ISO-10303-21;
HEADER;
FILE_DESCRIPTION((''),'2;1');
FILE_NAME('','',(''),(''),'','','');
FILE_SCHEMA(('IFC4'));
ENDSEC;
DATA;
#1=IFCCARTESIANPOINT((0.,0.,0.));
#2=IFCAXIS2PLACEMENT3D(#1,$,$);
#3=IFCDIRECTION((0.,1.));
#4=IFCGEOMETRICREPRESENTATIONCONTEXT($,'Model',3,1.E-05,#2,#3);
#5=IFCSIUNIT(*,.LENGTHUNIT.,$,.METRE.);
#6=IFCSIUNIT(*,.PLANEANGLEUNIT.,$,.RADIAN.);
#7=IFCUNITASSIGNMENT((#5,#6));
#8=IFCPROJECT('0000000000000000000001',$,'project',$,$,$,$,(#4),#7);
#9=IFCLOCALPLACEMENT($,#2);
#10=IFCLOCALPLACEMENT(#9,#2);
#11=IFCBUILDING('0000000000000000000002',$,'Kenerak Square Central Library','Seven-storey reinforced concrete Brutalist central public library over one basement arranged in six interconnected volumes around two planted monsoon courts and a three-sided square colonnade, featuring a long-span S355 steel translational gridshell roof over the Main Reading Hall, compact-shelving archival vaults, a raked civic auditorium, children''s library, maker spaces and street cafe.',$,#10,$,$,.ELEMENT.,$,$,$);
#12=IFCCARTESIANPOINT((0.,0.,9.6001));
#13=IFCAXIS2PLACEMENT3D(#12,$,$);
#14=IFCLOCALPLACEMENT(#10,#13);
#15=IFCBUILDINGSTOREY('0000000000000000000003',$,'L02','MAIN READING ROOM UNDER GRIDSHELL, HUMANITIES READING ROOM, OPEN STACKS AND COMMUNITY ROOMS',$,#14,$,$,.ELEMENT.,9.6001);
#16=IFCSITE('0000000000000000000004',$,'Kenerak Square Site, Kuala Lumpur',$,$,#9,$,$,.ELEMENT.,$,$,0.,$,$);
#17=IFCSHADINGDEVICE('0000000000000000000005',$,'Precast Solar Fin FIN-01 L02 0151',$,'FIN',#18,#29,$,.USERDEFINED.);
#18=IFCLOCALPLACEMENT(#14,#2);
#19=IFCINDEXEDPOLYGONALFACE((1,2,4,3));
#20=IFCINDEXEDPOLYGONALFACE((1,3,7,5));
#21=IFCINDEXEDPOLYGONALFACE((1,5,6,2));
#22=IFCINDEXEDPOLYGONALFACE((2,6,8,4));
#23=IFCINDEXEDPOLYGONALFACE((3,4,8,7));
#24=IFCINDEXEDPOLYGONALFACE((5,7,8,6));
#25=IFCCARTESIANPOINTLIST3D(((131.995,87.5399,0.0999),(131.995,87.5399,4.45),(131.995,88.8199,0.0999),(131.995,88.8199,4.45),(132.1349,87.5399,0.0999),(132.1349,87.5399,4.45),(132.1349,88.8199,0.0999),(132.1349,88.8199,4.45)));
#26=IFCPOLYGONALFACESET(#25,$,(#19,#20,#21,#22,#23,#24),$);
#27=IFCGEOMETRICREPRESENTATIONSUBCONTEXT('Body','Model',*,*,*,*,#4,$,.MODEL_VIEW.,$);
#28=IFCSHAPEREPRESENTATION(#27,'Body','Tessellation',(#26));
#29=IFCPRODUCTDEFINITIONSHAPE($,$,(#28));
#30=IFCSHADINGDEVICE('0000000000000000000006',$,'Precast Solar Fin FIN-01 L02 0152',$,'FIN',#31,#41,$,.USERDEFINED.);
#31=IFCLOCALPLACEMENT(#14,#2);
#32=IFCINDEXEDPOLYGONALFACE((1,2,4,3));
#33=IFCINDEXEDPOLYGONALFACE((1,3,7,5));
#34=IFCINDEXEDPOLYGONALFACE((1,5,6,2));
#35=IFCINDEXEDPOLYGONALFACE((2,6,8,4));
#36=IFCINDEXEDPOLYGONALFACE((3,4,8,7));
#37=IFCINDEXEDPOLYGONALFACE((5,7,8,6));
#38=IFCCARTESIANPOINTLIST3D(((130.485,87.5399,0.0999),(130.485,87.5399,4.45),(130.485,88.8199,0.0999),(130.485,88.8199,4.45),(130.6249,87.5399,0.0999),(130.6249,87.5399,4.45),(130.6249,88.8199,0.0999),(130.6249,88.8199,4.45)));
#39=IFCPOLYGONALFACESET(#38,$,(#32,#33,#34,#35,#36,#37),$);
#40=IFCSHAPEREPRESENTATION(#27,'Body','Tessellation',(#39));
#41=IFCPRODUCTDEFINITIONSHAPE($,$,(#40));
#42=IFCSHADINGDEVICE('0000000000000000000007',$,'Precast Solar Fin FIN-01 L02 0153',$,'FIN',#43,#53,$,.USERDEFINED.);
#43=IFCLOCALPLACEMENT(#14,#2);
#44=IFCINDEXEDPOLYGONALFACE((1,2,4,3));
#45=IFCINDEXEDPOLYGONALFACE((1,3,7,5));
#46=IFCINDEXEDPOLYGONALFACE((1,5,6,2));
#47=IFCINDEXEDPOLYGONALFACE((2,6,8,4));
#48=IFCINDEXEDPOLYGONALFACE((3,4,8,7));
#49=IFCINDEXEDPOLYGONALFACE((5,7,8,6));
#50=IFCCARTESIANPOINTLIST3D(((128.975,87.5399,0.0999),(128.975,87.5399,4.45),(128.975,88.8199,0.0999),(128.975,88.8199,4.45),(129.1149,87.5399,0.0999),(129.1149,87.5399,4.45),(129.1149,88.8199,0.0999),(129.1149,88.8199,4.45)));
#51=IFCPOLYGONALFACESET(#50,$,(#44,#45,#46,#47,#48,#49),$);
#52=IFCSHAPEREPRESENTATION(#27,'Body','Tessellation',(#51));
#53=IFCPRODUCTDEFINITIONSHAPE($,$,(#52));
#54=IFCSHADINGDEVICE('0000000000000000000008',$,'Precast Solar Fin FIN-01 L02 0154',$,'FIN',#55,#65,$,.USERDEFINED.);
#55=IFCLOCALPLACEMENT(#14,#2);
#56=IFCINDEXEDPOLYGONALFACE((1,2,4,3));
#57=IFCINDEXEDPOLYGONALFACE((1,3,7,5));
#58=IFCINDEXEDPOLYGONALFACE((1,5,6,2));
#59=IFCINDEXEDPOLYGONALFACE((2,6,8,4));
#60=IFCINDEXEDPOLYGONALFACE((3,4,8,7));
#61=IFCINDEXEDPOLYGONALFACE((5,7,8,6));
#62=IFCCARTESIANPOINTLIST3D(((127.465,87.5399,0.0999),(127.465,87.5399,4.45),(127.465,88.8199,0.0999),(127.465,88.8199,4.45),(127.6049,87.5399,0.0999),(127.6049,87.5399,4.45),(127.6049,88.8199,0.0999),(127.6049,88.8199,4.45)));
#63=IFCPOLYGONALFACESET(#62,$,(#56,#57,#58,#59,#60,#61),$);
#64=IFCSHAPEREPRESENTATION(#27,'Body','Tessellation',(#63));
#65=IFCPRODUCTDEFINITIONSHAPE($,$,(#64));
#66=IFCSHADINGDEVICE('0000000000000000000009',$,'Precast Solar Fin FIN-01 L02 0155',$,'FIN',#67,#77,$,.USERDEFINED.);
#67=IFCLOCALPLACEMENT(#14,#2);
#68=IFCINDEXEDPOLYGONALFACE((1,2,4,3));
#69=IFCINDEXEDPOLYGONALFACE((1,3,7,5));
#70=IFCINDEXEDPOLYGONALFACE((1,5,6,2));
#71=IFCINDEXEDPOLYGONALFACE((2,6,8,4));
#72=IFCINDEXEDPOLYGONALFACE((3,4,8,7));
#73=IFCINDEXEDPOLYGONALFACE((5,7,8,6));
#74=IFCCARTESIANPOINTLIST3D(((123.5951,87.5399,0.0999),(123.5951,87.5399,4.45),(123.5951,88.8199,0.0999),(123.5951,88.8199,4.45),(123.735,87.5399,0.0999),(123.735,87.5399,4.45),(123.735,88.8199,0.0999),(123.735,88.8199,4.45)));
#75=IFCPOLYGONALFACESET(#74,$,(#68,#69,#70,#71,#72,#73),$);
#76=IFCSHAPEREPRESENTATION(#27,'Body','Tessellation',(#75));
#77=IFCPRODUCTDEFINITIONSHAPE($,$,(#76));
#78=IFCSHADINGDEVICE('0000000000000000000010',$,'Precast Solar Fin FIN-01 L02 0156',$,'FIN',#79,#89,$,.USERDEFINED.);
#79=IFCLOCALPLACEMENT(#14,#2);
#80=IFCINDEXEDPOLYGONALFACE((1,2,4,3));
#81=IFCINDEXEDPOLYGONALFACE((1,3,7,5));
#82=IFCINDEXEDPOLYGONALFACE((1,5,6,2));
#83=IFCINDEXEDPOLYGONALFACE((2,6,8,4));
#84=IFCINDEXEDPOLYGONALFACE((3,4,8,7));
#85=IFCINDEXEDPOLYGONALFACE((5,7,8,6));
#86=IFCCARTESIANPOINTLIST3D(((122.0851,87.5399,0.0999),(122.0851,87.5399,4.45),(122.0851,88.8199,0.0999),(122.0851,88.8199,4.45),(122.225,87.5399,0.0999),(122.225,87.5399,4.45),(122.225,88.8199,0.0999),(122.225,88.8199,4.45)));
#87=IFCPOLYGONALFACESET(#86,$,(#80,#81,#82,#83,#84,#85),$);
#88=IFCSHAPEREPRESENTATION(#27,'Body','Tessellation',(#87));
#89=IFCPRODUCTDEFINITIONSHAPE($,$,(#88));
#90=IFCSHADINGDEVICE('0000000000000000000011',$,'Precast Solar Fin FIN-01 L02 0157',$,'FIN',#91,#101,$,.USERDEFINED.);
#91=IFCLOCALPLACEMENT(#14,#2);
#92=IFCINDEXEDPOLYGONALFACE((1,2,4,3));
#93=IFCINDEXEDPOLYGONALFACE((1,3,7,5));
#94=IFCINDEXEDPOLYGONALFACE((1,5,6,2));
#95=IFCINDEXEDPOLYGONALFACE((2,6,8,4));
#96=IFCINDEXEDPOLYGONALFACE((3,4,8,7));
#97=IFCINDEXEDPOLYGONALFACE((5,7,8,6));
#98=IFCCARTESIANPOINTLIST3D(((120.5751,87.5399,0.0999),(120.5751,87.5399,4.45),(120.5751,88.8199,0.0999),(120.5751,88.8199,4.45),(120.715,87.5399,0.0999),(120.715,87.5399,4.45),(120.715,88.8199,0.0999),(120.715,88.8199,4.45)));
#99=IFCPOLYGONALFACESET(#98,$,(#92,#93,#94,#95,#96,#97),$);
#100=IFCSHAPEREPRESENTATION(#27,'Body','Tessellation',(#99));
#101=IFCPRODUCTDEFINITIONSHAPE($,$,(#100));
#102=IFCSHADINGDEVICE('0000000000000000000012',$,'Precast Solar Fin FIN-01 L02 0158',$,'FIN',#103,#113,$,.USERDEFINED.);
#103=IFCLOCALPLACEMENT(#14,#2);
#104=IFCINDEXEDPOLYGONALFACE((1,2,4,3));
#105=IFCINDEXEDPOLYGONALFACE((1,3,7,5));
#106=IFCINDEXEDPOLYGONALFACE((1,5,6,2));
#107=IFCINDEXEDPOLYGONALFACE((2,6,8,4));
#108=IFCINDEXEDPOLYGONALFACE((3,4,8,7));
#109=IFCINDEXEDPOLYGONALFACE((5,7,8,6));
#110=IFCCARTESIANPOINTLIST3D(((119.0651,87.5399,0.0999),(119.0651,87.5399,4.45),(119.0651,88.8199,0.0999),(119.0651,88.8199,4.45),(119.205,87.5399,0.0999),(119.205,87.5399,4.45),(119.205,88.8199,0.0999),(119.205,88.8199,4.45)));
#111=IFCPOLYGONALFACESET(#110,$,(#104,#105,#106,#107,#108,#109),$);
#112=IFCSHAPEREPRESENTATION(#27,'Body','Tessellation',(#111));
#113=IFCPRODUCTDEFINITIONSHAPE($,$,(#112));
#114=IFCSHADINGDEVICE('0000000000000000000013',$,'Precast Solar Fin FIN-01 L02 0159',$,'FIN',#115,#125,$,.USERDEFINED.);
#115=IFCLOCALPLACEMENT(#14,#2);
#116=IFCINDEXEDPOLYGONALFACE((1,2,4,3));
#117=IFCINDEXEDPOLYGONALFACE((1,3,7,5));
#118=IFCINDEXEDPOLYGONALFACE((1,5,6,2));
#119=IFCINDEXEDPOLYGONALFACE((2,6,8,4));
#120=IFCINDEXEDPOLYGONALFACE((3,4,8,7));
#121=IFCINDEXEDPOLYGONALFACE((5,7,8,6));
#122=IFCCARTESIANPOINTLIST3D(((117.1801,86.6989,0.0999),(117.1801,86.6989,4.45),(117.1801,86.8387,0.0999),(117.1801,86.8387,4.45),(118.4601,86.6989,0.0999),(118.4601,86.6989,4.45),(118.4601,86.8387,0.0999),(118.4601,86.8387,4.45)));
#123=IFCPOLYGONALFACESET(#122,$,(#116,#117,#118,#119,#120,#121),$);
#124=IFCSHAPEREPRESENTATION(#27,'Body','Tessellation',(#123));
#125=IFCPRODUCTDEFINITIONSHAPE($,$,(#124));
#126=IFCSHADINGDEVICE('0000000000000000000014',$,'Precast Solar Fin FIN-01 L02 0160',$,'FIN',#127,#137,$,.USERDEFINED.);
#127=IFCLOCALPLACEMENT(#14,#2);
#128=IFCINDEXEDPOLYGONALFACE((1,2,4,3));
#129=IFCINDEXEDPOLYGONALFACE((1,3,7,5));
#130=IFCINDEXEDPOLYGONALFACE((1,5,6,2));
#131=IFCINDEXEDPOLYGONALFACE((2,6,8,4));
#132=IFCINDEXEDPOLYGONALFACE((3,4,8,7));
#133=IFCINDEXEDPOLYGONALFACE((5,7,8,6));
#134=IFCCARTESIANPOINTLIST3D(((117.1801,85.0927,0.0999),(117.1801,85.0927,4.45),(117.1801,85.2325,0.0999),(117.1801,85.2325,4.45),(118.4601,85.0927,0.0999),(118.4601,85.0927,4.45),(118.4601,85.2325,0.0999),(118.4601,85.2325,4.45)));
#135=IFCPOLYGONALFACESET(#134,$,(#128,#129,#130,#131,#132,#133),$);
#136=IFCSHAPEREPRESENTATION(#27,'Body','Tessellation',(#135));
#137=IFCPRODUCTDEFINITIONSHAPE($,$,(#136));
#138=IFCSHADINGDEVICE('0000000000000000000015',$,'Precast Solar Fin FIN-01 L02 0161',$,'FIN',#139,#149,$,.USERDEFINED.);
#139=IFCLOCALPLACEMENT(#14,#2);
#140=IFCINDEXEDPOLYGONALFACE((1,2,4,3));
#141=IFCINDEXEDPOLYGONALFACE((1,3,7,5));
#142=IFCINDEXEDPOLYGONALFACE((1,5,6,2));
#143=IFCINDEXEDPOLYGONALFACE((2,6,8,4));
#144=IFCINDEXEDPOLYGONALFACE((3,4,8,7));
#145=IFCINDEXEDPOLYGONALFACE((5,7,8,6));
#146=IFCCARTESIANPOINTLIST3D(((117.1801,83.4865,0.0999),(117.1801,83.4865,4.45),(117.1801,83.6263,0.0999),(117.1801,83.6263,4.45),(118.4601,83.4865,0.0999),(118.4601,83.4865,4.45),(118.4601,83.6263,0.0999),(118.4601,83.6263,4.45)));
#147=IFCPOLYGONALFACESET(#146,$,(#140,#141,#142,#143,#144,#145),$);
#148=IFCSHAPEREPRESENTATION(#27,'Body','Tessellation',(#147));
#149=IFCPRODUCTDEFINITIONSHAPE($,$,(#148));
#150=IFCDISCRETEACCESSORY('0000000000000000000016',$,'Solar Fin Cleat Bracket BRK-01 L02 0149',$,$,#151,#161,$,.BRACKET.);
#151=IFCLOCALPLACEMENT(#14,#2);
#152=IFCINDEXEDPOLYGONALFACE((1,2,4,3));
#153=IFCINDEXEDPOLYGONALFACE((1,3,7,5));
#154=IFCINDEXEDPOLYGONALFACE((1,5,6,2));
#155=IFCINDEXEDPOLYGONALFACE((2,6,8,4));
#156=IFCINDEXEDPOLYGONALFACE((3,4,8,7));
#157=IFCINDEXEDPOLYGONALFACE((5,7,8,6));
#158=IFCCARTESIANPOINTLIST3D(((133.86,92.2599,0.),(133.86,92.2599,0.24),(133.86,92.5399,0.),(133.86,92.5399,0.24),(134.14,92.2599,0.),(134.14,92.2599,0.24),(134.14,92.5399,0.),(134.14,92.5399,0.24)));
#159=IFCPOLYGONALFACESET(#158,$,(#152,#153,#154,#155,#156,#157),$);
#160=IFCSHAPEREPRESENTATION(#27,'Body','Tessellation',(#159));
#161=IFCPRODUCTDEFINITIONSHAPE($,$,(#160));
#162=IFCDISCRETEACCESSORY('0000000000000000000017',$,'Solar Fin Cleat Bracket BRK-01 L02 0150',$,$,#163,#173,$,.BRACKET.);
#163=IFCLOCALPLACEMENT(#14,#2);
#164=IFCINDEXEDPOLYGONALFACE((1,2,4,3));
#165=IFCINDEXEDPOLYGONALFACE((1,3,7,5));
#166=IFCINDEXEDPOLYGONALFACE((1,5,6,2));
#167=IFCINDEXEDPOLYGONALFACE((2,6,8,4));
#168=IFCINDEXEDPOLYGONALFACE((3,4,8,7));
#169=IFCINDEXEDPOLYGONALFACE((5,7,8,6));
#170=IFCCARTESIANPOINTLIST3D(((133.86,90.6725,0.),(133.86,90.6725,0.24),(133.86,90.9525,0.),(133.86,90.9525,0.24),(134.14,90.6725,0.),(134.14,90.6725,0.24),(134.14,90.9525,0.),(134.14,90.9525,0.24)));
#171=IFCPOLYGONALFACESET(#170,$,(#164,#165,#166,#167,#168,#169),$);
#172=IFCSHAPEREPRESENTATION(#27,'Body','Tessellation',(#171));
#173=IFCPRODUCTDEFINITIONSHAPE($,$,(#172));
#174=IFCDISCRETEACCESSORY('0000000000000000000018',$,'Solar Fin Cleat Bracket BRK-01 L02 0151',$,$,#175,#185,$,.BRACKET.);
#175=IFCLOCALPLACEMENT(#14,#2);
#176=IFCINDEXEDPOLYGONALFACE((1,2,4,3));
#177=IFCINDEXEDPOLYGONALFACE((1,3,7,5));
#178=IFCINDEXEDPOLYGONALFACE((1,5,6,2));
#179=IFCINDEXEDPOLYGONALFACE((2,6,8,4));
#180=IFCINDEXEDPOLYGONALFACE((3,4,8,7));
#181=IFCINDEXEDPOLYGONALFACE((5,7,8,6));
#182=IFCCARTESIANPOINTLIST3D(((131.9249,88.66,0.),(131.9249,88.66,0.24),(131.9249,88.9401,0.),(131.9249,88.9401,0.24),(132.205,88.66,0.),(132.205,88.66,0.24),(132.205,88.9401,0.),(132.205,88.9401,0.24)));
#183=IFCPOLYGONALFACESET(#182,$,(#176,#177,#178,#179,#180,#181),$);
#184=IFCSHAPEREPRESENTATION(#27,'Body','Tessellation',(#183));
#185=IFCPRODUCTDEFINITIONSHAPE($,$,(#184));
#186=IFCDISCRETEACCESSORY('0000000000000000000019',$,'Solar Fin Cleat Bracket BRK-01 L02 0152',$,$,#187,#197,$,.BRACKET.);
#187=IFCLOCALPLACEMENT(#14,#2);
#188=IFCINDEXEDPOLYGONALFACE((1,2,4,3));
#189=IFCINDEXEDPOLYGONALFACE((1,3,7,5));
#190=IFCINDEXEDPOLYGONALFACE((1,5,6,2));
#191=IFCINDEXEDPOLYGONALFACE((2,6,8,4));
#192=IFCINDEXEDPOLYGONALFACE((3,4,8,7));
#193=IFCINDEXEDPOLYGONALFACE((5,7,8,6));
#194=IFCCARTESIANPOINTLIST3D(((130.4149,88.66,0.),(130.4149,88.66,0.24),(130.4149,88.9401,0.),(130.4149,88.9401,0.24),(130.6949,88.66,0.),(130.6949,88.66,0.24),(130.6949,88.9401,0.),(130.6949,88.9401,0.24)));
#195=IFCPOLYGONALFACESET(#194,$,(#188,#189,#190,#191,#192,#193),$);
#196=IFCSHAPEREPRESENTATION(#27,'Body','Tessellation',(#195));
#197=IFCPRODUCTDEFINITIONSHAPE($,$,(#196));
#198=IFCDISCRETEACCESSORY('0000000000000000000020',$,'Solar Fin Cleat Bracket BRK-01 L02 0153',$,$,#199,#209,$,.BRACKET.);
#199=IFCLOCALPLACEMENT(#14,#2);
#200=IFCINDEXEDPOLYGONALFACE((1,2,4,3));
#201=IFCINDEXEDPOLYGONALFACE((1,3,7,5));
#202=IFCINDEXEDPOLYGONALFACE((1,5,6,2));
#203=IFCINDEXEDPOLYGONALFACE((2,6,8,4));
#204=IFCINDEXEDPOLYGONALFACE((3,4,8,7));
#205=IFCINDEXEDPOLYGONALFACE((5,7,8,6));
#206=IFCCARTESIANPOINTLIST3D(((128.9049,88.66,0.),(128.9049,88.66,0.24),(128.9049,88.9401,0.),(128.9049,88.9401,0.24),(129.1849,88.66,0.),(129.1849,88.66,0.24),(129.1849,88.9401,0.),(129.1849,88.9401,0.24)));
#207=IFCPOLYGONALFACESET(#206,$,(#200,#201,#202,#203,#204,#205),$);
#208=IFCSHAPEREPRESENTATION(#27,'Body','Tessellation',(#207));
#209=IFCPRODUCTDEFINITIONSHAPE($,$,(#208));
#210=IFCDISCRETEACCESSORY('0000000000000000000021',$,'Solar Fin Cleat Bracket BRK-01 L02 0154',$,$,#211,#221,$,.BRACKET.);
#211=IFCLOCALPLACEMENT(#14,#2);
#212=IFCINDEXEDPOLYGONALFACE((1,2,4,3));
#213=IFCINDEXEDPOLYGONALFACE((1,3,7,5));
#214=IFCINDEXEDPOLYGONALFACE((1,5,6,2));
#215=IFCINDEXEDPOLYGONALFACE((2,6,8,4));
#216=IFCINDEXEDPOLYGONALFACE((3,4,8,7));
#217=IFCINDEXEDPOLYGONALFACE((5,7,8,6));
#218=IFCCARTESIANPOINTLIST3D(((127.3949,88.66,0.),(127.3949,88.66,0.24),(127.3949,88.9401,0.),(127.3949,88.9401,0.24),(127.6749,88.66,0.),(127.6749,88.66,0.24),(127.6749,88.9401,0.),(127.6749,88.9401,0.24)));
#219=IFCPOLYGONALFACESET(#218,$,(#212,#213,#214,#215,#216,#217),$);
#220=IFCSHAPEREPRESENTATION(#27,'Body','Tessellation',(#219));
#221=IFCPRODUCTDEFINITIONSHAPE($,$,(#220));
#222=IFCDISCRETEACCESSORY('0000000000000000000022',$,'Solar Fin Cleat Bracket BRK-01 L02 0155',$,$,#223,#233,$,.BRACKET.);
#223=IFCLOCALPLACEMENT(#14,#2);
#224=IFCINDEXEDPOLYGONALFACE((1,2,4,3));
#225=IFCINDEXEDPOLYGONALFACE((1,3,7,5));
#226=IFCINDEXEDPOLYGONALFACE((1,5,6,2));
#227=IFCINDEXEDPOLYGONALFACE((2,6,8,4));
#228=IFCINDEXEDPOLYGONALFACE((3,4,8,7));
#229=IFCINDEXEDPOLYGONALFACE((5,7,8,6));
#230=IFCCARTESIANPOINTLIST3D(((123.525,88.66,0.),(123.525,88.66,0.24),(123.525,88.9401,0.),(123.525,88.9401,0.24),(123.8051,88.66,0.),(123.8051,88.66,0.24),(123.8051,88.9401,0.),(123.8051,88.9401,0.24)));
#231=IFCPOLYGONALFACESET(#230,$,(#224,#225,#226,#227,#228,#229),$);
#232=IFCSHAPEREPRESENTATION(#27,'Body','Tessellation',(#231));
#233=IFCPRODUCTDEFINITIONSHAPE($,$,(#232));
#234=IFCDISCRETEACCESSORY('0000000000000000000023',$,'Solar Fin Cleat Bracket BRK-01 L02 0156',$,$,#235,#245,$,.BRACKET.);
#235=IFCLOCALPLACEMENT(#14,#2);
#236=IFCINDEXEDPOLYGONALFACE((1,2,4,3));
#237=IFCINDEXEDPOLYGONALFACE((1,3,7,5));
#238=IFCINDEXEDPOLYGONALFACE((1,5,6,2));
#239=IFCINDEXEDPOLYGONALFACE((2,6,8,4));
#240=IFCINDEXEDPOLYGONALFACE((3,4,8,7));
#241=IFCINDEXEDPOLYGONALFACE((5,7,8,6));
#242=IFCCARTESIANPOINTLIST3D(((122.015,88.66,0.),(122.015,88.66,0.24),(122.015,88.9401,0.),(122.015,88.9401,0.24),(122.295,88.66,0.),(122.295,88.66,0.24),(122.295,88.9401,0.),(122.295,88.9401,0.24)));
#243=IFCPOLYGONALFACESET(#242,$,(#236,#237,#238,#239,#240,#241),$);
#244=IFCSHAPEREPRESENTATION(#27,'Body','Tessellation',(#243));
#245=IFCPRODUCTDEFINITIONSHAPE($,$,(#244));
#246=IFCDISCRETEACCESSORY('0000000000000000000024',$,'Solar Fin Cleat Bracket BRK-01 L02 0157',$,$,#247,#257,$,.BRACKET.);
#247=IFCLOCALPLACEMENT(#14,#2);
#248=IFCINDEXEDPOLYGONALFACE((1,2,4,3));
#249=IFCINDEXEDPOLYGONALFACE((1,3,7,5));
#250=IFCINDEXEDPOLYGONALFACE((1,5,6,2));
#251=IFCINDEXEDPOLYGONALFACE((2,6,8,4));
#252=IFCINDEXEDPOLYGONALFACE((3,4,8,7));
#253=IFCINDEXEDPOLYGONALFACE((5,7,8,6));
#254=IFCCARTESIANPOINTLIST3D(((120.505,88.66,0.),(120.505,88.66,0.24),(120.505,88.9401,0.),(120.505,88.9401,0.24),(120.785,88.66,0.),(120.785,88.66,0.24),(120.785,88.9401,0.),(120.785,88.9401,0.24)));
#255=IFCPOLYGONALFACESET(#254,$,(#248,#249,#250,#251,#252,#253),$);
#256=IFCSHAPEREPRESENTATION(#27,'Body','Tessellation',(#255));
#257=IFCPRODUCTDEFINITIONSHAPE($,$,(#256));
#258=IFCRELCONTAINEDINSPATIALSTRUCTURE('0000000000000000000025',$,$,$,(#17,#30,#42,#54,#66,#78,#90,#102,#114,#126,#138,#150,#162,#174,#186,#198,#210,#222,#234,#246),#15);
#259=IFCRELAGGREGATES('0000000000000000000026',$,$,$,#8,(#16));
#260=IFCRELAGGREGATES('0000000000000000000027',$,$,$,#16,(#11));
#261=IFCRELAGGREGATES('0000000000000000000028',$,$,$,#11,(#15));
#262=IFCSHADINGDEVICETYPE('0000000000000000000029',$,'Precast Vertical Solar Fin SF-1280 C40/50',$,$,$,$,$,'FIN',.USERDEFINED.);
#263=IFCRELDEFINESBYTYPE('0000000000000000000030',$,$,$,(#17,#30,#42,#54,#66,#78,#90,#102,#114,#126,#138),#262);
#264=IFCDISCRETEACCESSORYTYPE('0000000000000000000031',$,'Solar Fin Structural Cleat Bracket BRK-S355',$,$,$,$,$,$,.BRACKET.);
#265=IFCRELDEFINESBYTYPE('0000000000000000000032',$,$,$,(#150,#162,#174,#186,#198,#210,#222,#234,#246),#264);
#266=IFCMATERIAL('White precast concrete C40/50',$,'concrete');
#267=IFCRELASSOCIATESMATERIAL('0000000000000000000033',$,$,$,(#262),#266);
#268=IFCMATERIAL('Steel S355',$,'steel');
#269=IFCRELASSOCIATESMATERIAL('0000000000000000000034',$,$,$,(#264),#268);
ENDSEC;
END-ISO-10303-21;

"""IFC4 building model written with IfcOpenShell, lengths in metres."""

from ifc_helpers import new_model, si_unit, direction, frame, origin, origin_2d, place, context, subcontext, project, spatial, rectangle, extrude, material, type_object, element, save


model = new_model("IFC4")

# Units and contexts
model_context = context("Model", 3, precision=1e-05, world=origin(), true_north=direction((0.0, 1.0)))
body_context = subcontext(model_context, "Body", "Model", "MODEL_VIEW")
ifc_project = project(units=[si_unit("LENGTHUNIT", "METRE"), si_unit("PLANEANGLEUNIT", "RADIAN")], contexts=[model_context])

# Site, building, storey
site_placement = place(None, origin())
site = spatial("IfcSite", under=ifc_project, at=site_placement, Name="Kenerak Square Site, Kuala Lumpur", CompositionType="ELEMENT", RefElevation=0.0)
building_placement = place(site_placement, origin())
building = spatial("IfcBuilding", under=site, at=building_placement, Name="Kenerak Square Central Library", Description="Seven-storey reinforced concrete Brutalist central public library over one basement arranged in six interconnected volumes around two planted monsoon courts and a three-sided square colonnade, featuring a long-span S355 steel translational gridshell roof over the Main Reading Hall, compact-shelving archival vaults, a raked civic auditorium, children's library, maker spaces and street cafe.", CompositionType="ELEMENT")
storey_placement = place(building_placement, frame((0.0, 0.0, 9.6001)))
storey = spatial("IfcBuildingStorey", under=building, at=storey_placement, Name="L02", Description="MAIN READING ROOM UNDER GRIDSHELL, HUMANITIES READING ROOM, OPEN STACKS AND COMMUNITY ROOMS", CompositionType="ELEMENT", Elevation=9.6001)

# Shading devices
ifc_material_1 = material(Name="White precast concrete C40/50", Category="concrete")
shading_device_type = type_object("IfcShadingDeviceType", Name="Precast Vertical Solar Fin SF-1280 C40/50", ElementType="FIN", PredefinedType="USERDEFINED", material=ifc_material_1)
for number, where, z_axis, x_axis, name in (
    (1, (132.0649, 88.1799, 0.0999), (0.0, 0.0, 1.0), (-1.0, 0.0, 0.0), "Precast Solar Fin FIN-01 L02 0151"),
    (2, (130.5549, 88.1799, 0.0999), (0.0, 0.0, 1.0), (-1.0, 0.0, 0.0), "Precast Solar Fin FIN-01 L02 0152"),
    (3, (129.0449, 88.1799, 0.0999), (0.0, 0.0, 1.0), (-1.0, 0.0, 0.0), "Precast Solar Fin FIN-01 L02 0153"),
    (4, (127.5349, 88.1799, 0.0999), (0.0, 0.0, 1.0), (-1.0, 0.0, 0.0), "Precast Solar Fin FIN-01 L02 0154"),
    (5, (123.665, 88.1799, 0.0999), (0.0, 0.0, 1.0), (-1.0, 0.0, 0.0), "Precast Solar Fin FIN-01 L02 0155"),
    (6, (122.155, 88.1799, 0.0999), (0.0, 0.0, 1.0), (-1.0, 0.0, 0.0), "Precast Solar Fin FIN-01 L02 0156"),
    (7, (120.645, 88.1799, 0.0999), (0.0, 0.0, 1.0), (-1.0, 0.0, 0.0), "Precast Solar Fin FIN-01 L02 0157"),
    (8, (119.135, 88.1799, 0.0999), (0.0, 0.0, 1.0), (-1.0, 0.0, 0.0), "Precast Solar Fin FIN-01 L02 0158"),
    (9, (117.8201, 86.7688, 0.0999), (0.0, 0.0, 1.0), (0.0, -1.0, 0.0), "Precast Solar Fin FIN-01 L02 0159"),
    (10, (117.8201, 85.1626, 0.0999), (0.0, 0.0, 1.0), (0.0, -1.0, 0.0), "Precast Solar Fin FIN-01 L02 0160"),
    (11, (117.8201, 83.5564, 0.0999), (0.0, 0.0, 1.0), (0.0, -1.0, 0.0), "Precast Solar Fin FIN-01 L02 0161"),
):
    element("IfcShadingDevice", number, at=place(storey_placement, frame(where, z_axis=z_axis, x_axis=x_axis)), inside=storey, type_object=shading_device_type, Name=name, ObjectType="FIN", PredefinedType="USERDEFINED", context=body_context, shape_type="SweptSolid", body=[
        extrude(rectangle(XDim=0.1399, YDim=1.28, at=origin_2d()), origin(), (0.0, 0.0, 1.0), 4.3501),
    ])

# Discrete accessories
ifc_material_2 = material(Name="Steel S355", Category="steel")
discrete_accessory_type = type_object("IfcDiscreteAccessoryType", Name="Solar Fin Structural Cleat Bracket BRK-S355", PredefinedType="BRACKET", material=ifc_material_2)
for number, where, z_axis, x_axis, name in (
    (12, (134.0, 92.3999, 0.0), (0.0, 0.0, 1.0), (0.0, -1.0, 0.0), "Solar Fin Cleat Bracket BRK-01 L02 0149"),
    (13, (134.0, 90.8125, 0.0), (0.0, 0.0, 1.0), (0.0, -1.0, 0.0), "Solar Fin Cleat Bracket BRK-01 L02 0150"),
    (14, (132.0649, 88.8, 0.0), (0.0, 0.0, 1.0), (-1.0, 0.0, 0.0), "Solar Fin Cleat Bracket BRK-01 L02 0151"),
    (15, (130.5549, 88.8, 0.0), (0.0, 0.0, 1.0), (-1.0, 0.0, 0.0), "Solar Fin Cleat Bracket BRK-01 L02 0152"),
    (16, (129.0449, 88.8, 0.0), (0.0, 0.0, 1.0), (-1.0, 0.0, 0.0), "Solar Fin Cleat Bracket BRK-01 L02 0153"),
    (17, (127.5349, 88.8, 0.0), (0.0, 0.0, 1.0), (-1.0, 0.0, 0.0), "Solar Fin Cleat Bracket BRK-01 L02 0154"),
    (18, (123.665, 88.8, 0.0), (0.0, 0.0, 1.0), (-1.0, 0.0, 0.0), "Solar Fin Cleat Bracket BRK-01 L02 0155"),
    (19, (122.155, 88.8, 0.0), (0.0, 0.0, 1.0), (-1.0, 0.0, 0.0), "Solar Fin Cleat Bracket BRK-01 L02 0156"),
    (20, (120.645, 88.8, 0.0), (0.0, 0.0, 1.0), (-1.0, 0.0, 0.0), "Solar Fin Cleat Bracket BRK-01 L02 0157"),
):
    element("IfcDiscreteAccessory", number, at=place(storey_placement, frame(where, z_axis=z_axis, x_axis=x_axis)), inside=storey, type_object=discrete_accessory_type, Name=name, PredefinedType="BRACKET", context=body_context, shape_type="SweptSolid", body=[
        extrude(rectangle(XDim=0.28, YDim=0.28, at=origin_2d()), origin(), (0.0, 0.0, 1.0), 0.24),
    ])

save(model, "model.ifc")
